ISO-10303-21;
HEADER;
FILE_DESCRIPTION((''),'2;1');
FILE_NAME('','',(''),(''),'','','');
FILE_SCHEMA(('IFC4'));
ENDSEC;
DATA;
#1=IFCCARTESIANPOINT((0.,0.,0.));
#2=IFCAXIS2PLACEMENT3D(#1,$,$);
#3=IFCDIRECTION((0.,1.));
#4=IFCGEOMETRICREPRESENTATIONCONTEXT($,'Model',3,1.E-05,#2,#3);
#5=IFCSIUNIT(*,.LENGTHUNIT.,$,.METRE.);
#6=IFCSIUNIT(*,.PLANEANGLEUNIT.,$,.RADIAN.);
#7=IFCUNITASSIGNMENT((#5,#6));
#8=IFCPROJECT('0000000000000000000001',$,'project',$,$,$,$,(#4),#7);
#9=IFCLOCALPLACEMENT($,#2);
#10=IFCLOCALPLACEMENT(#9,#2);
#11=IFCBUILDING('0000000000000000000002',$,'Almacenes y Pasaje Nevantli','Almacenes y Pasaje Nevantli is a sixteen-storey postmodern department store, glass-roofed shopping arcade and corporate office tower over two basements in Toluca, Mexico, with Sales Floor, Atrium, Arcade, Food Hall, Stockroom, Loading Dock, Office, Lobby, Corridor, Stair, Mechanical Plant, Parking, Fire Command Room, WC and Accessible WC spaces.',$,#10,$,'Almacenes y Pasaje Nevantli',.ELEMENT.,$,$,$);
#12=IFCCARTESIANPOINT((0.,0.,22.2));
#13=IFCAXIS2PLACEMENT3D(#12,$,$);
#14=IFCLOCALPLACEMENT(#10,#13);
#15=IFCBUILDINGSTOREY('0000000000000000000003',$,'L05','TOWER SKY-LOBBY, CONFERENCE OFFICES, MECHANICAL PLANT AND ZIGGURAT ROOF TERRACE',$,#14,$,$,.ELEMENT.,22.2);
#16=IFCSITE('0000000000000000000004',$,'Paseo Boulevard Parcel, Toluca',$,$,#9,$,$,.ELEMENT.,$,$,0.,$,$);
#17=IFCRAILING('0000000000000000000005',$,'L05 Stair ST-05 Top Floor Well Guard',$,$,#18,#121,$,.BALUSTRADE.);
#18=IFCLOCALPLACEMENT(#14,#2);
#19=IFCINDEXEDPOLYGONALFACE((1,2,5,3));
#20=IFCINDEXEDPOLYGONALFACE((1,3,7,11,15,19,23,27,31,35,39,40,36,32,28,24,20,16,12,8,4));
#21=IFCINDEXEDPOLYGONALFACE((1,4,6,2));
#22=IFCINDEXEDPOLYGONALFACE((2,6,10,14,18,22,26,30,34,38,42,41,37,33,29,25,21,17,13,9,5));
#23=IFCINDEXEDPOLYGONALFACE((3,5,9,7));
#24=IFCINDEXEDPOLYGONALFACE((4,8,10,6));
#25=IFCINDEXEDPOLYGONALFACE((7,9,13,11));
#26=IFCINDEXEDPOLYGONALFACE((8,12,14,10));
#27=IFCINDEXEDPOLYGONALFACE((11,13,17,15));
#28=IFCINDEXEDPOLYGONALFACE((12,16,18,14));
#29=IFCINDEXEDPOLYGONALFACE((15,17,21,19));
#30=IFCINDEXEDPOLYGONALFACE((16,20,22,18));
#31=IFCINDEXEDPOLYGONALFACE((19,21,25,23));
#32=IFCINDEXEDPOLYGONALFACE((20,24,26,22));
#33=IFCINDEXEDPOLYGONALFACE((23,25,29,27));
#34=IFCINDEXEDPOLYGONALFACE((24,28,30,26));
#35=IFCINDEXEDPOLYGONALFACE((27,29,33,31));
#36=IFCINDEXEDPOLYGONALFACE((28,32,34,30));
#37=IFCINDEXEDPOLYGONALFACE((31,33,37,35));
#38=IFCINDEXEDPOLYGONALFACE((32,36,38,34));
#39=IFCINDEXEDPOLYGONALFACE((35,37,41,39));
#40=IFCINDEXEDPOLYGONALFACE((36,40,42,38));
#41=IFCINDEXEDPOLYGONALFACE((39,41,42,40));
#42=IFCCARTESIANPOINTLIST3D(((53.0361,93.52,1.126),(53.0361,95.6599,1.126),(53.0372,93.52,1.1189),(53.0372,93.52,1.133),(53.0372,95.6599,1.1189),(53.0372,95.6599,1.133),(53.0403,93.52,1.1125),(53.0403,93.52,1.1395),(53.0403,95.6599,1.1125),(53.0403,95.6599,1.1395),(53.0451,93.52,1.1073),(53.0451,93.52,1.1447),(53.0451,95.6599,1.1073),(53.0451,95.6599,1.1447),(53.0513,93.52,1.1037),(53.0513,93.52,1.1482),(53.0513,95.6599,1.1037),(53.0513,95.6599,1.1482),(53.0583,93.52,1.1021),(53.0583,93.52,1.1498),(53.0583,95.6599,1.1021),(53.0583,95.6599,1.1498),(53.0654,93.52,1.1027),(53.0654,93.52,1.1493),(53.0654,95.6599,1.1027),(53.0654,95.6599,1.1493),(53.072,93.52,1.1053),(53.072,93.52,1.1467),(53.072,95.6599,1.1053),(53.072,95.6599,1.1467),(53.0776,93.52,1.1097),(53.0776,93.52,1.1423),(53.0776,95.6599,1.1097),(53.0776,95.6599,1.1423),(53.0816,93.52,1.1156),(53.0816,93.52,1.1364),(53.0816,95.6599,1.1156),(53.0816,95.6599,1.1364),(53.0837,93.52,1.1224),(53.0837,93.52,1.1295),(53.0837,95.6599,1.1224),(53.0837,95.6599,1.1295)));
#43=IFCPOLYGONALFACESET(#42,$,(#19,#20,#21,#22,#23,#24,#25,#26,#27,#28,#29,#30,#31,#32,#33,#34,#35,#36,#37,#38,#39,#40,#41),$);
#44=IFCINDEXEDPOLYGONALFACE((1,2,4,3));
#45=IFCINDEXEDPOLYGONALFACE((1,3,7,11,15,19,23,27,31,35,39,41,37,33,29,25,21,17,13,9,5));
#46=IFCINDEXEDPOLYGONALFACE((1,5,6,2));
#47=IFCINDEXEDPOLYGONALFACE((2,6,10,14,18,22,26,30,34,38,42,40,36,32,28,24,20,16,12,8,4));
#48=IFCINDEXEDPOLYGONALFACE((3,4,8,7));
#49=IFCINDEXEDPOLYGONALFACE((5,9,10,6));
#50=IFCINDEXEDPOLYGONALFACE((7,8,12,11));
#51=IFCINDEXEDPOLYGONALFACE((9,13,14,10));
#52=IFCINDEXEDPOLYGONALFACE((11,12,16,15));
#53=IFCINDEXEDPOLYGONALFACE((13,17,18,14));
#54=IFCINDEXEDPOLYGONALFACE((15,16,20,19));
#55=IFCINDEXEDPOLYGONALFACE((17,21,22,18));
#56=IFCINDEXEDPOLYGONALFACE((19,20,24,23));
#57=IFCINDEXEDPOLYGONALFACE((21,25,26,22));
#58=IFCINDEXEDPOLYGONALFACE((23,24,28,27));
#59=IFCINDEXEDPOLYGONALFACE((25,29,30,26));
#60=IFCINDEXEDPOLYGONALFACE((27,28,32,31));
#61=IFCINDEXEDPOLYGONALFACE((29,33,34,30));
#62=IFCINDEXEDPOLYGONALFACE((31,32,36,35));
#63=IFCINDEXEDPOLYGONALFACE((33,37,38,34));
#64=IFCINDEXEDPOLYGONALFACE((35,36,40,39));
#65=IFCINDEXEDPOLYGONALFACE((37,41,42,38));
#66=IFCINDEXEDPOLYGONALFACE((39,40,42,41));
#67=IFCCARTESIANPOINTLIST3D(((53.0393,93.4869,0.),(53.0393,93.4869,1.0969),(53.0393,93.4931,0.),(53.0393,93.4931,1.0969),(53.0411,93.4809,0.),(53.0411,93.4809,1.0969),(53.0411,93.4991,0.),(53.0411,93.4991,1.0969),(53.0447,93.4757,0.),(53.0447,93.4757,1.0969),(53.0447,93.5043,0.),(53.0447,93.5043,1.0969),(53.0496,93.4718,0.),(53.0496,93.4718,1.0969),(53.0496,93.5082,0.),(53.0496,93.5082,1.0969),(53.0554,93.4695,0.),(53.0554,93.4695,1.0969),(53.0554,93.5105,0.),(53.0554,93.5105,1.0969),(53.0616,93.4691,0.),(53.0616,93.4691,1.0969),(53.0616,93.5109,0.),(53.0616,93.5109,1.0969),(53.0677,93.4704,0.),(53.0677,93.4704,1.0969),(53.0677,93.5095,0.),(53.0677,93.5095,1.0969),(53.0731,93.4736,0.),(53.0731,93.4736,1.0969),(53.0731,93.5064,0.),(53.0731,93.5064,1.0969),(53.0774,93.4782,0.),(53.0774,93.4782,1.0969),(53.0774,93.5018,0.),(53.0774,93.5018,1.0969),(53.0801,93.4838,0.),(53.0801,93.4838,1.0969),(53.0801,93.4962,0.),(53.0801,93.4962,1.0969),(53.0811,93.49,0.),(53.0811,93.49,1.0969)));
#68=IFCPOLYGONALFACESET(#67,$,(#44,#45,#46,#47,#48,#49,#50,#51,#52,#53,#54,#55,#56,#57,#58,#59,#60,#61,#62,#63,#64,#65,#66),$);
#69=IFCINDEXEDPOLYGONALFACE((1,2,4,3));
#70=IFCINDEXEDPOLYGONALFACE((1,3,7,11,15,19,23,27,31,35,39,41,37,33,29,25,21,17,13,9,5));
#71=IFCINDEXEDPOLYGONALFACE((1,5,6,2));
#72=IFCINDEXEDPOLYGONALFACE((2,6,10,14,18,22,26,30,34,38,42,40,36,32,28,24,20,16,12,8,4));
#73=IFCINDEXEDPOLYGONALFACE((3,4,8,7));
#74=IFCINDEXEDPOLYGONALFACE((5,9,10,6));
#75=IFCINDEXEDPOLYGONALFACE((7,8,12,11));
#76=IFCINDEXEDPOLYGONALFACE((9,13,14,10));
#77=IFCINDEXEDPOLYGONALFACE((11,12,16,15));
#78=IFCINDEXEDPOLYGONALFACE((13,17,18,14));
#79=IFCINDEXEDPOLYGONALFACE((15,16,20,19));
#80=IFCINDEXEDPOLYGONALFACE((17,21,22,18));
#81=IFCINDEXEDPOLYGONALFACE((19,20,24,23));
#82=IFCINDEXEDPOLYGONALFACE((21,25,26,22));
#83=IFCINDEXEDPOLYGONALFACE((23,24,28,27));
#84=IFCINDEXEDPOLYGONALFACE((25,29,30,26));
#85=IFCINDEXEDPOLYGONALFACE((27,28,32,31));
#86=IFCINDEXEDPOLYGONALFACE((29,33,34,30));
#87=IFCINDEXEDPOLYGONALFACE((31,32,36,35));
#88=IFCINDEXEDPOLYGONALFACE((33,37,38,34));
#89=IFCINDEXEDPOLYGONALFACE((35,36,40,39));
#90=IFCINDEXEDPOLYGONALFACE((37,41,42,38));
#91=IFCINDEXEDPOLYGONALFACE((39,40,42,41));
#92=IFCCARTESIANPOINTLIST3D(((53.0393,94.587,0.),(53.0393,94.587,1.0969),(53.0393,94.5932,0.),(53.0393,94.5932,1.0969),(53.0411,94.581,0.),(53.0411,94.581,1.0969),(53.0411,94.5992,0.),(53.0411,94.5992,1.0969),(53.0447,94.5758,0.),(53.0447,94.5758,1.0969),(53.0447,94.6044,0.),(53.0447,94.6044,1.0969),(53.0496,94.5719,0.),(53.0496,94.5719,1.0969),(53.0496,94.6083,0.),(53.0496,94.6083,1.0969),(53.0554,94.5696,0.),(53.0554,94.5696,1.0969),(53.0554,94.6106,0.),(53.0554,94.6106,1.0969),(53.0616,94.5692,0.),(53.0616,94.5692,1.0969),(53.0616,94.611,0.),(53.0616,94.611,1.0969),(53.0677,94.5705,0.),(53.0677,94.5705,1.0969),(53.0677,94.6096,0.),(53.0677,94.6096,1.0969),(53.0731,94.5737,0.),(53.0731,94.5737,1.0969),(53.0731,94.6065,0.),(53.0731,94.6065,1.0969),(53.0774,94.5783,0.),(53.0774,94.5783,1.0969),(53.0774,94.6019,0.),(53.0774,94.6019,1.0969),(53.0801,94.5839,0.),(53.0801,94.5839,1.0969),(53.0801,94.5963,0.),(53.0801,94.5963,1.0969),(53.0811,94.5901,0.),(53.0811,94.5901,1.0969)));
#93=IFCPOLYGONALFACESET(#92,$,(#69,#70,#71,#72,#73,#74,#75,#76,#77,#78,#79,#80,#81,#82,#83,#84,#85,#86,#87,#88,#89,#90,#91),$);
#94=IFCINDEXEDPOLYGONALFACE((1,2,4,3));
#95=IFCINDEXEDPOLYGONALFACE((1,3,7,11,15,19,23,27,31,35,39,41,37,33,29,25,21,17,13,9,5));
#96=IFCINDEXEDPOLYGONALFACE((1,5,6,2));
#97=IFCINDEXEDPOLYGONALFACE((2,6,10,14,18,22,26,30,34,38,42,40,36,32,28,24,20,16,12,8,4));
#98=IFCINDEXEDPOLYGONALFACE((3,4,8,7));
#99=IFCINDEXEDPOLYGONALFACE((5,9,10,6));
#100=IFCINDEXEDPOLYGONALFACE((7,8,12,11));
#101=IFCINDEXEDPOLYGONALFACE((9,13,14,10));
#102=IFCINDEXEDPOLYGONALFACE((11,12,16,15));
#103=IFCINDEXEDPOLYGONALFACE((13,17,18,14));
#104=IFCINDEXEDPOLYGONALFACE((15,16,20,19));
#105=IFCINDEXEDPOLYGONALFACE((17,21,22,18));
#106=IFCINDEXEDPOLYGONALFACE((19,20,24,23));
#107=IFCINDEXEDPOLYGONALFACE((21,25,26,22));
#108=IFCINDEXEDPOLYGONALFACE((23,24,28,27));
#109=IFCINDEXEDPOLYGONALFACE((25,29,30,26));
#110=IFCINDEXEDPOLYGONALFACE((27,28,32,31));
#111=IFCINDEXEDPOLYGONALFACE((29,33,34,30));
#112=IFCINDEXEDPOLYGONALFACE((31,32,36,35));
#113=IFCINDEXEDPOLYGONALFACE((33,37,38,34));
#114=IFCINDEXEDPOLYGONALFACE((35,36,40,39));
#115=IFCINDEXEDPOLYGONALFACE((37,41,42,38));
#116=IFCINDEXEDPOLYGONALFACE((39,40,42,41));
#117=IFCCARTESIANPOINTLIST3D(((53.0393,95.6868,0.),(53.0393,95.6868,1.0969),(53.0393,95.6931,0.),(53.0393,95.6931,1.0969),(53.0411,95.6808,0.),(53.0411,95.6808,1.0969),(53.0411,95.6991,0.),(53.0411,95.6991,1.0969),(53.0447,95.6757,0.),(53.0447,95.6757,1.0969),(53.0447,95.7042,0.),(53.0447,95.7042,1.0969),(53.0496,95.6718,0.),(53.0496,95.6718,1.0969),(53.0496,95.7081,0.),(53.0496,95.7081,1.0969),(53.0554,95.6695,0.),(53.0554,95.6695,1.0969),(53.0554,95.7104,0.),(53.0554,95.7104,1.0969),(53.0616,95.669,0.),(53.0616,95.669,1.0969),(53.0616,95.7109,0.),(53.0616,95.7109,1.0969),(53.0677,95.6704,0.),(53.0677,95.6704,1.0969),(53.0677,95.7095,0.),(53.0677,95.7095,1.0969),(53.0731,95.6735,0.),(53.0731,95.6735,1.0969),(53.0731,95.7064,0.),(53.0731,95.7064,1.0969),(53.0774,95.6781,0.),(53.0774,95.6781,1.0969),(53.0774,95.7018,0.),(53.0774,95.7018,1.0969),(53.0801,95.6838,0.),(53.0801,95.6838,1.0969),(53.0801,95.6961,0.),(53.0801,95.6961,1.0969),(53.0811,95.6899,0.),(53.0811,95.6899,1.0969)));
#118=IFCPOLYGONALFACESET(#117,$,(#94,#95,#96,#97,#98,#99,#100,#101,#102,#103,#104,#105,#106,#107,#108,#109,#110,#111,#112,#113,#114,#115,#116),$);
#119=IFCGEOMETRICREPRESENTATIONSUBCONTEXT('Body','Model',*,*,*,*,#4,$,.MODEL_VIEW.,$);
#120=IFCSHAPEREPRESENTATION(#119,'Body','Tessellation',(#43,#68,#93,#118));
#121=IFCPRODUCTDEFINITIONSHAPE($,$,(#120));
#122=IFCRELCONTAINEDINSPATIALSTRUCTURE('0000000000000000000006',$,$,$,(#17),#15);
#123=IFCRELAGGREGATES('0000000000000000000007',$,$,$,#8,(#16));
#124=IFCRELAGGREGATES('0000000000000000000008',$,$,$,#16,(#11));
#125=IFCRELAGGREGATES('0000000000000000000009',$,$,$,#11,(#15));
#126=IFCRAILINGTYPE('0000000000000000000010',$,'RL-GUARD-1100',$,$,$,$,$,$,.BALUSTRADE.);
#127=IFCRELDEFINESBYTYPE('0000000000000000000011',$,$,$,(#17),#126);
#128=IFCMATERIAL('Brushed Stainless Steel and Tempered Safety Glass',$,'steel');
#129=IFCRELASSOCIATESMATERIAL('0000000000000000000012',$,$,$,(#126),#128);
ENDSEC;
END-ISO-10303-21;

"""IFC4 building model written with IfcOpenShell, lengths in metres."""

from ifc_helpers import new_model, si_unit, direction, frame, origin, origin_2d, place, context, subcontext, project, spatial, circle, extrude, material, type_object, element, save


model = new_model("IFC4")

# Units and contexts
model_context = context("Model", 3, precision=1e-05, world=origin(), true_north=direction((0.0, 1.0)))
body_context = subcontext(model_context, "Body", "Model", "MODEL_VIEW")
ifc_project = project(units=[si_unit("LENGTHUNIT", "METRE"), si_unit("PLANEANGLEUNIT", "RADIAN")], contexts=[model_context])

# Site, building, storey
site_placement = place(None, origin())
site = spatial("IfcSite", under=ifc_project, at=site_placement, Name="Paseo Boulevard Parcel, Toluca", CompositionType="ELEMENT", RefElevation=0.0)
building_placement = place(site_placement, origin())
building = spatial("IfcBuilding", under=site, at=building_placement, Name="Almacenes y Pasaje Nevantli", Description="Almacenes y Pasaje Nevantli is a sixteen-storey postmodern department store, glass-roofed shopping arcade and corporate office tower over two basements in Toluca, Mexico, with Sales Floor, Atrium, Arcade, Food Hall, Stockroom, Loading Dock, Office, Lobby, Corridor, Stair, Mechanical Plant, Parking, Fire Command Room, WC and Accessible WC spaces.", LongName="Almacenes y Pasaje Nevantli", CompositionType="ELEMENT")
storey_placement = place(building_placement, frame((0.0, 0.0, 22.2)))
storey = spatial("IfcBuildingStorey", under=building, at=storey_placement, Name="L05", Description="TOWER SKY-LOBBY, CONFERENCE OFFICES, MECHANICAL PLANT AND ZIGGURAT ROOF TERRACE", CompositionType="ELEMENT", Elevation=22.2)

# Railing
ifc_material_1 = material(Name="Brushed Stainless Steel and Tempered Safety Glass", Category="steel")
railing_type = type_object("IfcRailingType", Name="RL-GUARD-1100", PredefinedType="BALUSTRADE", material=ifc_material_1)
railing_placement = place(storey_placement, frame((53.0601, 93.49, 0.0)))
element("IfcRailing", 1, at=railing_placement, inside=storey, type_object=railing_type, Name="L05 Stair ST-05 Top Floor Well Guard", PredefinedType="BALUSTRADE", context=body_context, shape_type="SweptSolid", body=[
    extrude(circle(Radius=0.0239, at=origin_2d()), frame((0.0, 0.03, 1.126), z_axis=(0.0, 1.0, 0.0), x_axis=(-1.0, 0.0, 0.0)), (0.0, 0.0, 1.0), 2.1399),
    extrude(circle(Radius=0.021, at=origin_2d()), origin(), (0.0, 0.0, 1.0), 1.0969),
    extrude(circle(Radius=0.021, at=origin_2d()), frame((0.0, 1.1001, 0.0)), (0.0, 0.0, 1.0), 1.0969),
    extrude(circle(Radius=0.021, at=origin_2d()), frame((0.0, 2.2, 0.0)), (0.0, 0.0, 1.0), 1.0969),
])

save(model, "model.ifc")
